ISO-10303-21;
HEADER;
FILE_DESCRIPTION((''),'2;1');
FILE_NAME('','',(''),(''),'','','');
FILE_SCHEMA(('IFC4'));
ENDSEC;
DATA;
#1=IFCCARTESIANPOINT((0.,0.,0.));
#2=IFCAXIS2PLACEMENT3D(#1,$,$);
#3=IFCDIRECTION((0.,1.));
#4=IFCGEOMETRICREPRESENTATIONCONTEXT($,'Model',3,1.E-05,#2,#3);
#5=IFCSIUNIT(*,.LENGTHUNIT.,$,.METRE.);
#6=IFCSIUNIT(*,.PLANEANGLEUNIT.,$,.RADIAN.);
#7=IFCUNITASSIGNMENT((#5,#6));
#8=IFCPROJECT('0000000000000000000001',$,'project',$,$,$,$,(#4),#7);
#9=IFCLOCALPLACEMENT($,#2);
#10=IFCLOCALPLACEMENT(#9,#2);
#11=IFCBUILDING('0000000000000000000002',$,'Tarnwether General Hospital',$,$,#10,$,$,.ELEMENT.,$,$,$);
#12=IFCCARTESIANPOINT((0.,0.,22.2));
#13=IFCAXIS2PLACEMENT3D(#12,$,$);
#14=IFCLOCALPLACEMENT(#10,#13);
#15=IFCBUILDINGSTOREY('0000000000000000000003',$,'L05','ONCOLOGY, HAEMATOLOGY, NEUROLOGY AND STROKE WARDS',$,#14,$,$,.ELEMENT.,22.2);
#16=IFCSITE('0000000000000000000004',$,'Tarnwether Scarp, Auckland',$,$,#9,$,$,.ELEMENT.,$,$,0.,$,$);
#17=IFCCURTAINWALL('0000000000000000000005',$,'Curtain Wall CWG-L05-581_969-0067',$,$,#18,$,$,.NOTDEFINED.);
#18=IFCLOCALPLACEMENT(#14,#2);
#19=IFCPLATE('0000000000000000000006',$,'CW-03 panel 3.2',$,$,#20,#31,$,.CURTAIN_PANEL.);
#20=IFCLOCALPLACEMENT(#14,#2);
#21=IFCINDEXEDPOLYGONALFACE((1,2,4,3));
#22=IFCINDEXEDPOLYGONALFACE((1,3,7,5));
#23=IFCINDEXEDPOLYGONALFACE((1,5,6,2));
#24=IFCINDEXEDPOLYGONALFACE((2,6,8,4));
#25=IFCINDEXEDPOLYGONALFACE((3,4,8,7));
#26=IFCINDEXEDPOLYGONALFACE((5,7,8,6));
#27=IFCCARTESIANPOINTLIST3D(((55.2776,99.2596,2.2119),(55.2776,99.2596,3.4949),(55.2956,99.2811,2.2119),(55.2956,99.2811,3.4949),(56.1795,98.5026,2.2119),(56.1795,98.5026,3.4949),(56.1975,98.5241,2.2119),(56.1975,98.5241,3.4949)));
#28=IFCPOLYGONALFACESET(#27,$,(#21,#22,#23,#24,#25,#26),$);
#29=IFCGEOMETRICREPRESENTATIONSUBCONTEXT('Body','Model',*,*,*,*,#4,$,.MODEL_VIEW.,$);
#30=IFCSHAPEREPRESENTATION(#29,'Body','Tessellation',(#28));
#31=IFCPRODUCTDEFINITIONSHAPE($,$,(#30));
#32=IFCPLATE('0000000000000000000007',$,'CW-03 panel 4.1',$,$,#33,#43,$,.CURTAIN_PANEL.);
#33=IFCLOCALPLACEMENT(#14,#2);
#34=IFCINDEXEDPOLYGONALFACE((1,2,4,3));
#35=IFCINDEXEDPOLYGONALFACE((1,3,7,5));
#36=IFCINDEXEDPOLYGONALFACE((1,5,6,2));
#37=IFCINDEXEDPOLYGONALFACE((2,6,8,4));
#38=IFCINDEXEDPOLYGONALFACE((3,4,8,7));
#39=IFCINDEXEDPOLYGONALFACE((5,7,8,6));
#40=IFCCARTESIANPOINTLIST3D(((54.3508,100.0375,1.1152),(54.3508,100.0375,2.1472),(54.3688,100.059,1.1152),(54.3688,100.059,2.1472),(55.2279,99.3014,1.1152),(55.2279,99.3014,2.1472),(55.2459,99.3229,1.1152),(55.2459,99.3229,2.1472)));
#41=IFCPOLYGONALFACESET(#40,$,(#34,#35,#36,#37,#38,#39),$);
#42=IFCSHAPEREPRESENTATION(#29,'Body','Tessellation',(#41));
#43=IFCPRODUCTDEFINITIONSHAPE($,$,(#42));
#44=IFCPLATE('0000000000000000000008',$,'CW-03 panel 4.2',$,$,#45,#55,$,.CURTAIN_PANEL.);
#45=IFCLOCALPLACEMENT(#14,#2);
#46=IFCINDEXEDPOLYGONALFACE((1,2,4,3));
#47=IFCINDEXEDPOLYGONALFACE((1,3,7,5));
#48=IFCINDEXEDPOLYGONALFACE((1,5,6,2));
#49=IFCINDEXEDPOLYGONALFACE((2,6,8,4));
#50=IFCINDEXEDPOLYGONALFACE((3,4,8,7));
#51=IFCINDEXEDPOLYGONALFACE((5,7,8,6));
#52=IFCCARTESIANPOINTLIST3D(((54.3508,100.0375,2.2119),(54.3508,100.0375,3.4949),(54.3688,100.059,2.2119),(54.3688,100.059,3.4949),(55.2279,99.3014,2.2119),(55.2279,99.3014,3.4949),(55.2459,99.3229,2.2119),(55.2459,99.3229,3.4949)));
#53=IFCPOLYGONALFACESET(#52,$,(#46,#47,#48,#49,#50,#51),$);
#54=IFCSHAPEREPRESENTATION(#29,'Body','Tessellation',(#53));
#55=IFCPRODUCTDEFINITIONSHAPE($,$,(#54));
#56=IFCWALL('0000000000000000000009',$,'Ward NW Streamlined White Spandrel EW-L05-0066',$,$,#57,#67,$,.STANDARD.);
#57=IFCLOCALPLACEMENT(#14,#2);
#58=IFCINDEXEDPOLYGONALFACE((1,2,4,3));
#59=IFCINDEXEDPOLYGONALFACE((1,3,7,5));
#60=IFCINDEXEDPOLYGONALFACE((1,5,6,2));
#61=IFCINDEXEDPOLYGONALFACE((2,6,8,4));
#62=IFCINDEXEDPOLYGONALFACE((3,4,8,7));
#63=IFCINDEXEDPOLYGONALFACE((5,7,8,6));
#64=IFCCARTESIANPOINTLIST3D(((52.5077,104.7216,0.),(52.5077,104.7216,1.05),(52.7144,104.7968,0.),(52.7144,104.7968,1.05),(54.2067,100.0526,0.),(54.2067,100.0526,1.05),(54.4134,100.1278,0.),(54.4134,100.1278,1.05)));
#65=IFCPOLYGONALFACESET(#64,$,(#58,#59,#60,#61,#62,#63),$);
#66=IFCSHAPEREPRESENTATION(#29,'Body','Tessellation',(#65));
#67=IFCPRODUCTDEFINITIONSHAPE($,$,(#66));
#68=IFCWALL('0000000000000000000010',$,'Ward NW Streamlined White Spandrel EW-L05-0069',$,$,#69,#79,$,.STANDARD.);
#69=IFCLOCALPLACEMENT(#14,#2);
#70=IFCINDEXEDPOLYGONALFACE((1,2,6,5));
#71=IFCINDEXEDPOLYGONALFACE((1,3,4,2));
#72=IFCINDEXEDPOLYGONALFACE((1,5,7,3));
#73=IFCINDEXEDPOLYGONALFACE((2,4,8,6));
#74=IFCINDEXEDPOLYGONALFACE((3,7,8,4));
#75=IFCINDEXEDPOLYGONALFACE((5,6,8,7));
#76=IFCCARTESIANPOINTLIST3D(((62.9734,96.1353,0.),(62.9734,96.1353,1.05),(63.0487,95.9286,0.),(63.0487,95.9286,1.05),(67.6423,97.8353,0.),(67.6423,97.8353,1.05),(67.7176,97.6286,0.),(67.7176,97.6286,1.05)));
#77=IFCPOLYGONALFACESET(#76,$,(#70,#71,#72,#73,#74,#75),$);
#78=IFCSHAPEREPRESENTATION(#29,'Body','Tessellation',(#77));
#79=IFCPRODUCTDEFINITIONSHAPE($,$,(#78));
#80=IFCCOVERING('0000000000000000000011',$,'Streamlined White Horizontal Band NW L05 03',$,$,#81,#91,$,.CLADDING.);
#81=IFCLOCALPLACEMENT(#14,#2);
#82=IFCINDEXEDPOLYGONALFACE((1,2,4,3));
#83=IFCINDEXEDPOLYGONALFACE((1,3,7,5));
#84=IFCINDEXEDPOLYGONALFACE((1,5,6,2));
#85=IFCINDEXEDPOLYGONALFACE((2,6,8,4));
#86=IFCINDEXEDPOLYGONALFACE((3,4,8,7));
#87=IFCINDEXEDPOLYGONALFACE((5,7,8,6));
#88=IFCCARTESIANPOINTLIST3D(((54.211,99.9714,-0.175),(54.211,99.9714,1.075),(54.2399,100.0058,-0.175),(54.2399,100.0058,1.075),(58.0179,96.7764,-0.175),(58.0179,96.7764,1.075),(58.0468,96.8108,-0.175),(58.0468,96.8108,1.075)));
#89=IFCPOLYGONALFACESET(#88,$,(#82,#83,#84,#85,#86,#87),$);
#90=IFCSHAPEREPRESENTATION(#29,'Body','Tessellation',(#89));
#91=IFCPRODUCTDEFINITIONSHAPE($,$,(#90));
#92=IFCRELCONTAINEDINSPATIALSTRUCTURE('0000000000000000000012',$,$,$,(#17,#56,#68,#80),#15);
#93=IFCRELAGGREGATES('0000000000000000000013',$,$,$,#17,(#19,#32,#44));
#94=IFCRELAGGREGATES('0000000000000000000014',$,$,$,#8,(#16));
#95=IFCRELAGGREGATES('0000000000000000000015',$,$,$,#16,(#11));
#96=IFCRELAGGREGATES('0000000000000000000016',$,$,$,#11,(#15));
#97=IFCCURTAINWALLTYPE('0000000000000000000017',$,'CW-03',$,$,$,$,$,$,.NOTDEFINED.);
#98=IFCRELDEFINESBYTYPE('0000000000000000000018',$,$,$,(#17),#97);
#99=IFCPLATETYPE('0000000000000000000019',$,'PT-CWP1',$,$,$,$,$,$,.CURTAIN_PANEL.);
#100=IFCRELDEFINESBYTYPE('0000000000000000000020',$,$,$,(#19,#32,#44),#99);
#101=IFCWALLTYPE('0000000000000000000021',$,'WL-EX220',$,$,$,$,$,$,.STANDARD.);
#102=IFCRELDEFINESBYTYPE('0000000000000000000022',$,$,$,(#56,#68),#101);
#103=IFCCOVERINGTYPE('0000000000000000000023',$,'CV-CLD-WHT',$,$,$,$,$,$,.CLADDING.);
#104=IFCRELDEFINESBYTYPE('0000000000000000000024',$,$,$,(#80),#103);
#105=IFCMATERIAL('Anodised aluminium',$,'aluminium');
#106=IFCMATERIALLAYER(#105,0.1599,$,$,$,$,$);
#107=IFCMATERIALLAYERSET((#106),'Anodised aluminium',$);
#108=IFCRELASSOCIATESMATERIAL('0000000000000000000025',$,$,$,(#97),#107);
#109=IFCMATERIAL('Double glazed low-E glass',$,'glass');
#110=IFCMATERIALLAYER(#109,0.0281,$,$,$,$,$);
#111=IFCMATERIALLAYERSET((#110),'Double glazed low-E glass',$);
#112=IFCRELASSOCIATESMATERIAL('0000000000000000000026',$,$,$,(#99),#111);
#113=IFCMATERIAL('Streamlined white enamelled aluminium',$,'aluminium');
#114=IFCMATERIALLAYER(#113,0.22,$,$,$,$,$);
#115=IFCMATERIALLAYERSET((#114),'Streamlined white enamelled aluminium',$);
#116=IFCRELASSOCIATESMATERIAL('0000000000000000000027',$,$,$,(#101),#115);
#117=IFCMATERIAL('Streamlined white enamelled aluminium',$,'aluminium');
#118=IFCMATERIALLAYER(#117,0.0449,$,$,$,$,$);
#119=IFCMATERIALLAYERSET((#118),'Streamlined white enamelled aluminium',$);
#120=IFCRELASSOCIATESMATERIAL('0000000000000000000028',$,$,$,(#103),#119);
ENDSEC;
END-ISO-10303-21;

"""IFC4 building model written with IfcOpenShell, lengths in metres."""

from ifc_helpers import new_model, si_unit, direction, frame, frame_2d, origin, origin_2d, place, context, subcontext, project, spatial, rectangle, extrude, material, layer, layer_set, type_object, element, aggregate, save


model = new_model("IFC4")

# Units and contexts
model_context = context("Model", 3, precision=1e-05, world=origin(), true_north=direction((0.0, 1.0)))
body_context = subcontext(model_context, "Body", "Model", "MODEL_VIEW")
ifc_project = project(units=[si_unit("LENGTHUNIT", "METRE"), si_unit("PLANEANGLEUNIT", "RADIAN")], contexts=[model_context])

# Site, building, storey
site_placement = place(None, origin())
site = spatial("IfcSite", under=ifc_project, at=site_placement, Name="Tarnwether Scarp, Auckland", CompositionType="ELEMENT", RefElevation=0.0)
building_placement = place(site_placement, origin())
building = spatial("IfcBuilding", under=site, at=building_placement, Name="Tarnwether General Hospital", CompositionType="ELEMENT")
storey_placement = place(building_placement, frame((0.0, 0.0, 22.2)))
storey = spatial("IfcBuildingStorey", under=building, at=storey_placement, Name="L05", Description="ONCOLOGY, HAEMATOLOGY, NEUROLOGY AND STROKE WARDS", CompositionType="ELEMENT", Elevation=22.2)

# Shared definitions
ifc_material_1 = material(Name="Anodised aluminium", Category="aluminium")
ifc_layer_1 = layer(ifc_material_1, 0.1599)
ifc_layer_set_1 = layer_set([ifc_layer_1], Name="Anodised aluminium")
curtain_wall_type = type_object("IfcCurtainWallType", Name="CW-03", PredefinedType="NOTDEFINED", material=ifc_layer_set_1)

# Curtain wall
curtain_wall_1_placement = place(storey_placement, origin())
curtain_wall_1 = element("IfcCurtainWall", 1, at=curtain_wall_1_placement, inside=storey, type_object=curtain_wall_type, Name="Curtain Wall CWG-L05-581_969-0067", PredefinedType="NOTDEFINED")

# Plates
ifc_material_2 = material(Name="Double glazed low-E glass", Category="glass")
ifc_layer_2 = layer(ifc_material_2, 0.0281)
ifc_layer_set_2 = layer_set([ifc_layer_2], Name="Double glazed low-E glass")
plate_type = type_object("IfcPlateType", Name="PT-CWP1", PredefinedType="CURTAIN_PANEL", material=ifc_layer_set_2)
plate_1_placement = place(storey_placement, frame((55.7375, 98.8918, 2.2119), z_axis=(0.0, 0.0, 1.0), x_axis=(-0.76599, 0.642852, 0.0)))
plate_1 = element("IfcPlate", 2, at=plate_1_placement, type_object=plate_type, Name="CW-03 panel 3.2", PredefinedType="CURTAIN_PANEL", context=body_context, shape_type="SweptSolid", body=[
    extrude(rectangle(XDim=1.1775, YDim=0.0281, at=origin_2d()), origin(), (0.0, 0.0, 1.0), 1.283),
])
plate_2_placement = place(storey_placement, frame((54.7983, 99.6802, 1.1152), z_axis=(0.0, 0.0, 1.0), x_axis=(-0.76599, 0.642852, 0.0)))
plate_2 = element("IfcPlate", 3, at=plate_2_placement, type_object=plate_type, Name="CW-03 panel 4.1", PredefinedType="CURTAIN_PANEL", context=body_context, shape_type="SweptSolid", body=[
    extrude(rectangle(XDim=1.145, YDim=0.0281, at=origin_2d()), origin(), (0.0, 0.0, 1.0), 1.032),
])
plate_3_placement = place(storey_placement, frame((54.7983, 99.6802, 2.2119), z_axis=(0.0, 0.0, 1.0), x_axis=(-0.76599, 0.642852, 0.0)))
plate_3 = element("IfcPlate", 4, at=plate_3_placement, type_object=plate_type, Name="CW-03 panel 4.2", PredefinedType="CURTAIN_PANEL", context=body_context, shape_type="SweptSolid", body=[
    extrude(rectangle(XDim=1.145, YDim=0.0281, at=origin_2d()), origin(), (0.0, 0.0, 1.0), 1.283),
])
aggregate(curtain_wall_1, [plate_1, plate_2, plate_3])

# Walls
ifc_material_3 = material(Name="Streamlined white enamelled aluminium", Category="aluminium")
ifc_layer_3 = layer(ifc_material_3, 0.22)
ifc_layer_set_3 = layer_set([ifc_layer_3], Name="Streamlined white enamelled aluminium")
wall_type = type_object("IfcWallType", Name="WL-EX220", PredefinedType="STANDARD", material=ifc_layer_set_3)
wall_1_placement = place(storey_placement, frame((54.3101, 100.0901, 0.0), z_axis=(0.0, 0.0, 1.0), x_axis=(-0.341952, 0.939717, 0.0)))
element("IfcWall", 5, at=wall_1_placement, inside=storey, type_object=wall_type, Name="Ward NW Streamlined White Spandrel EW-L05-0066", PredefinedType="STANDARD", context=body_context, shape_type="SweptSolid", body=[
    extrude(rectangle(XDim=4.9685, YDim=0.22, at=frame_2d((2.4844, 0.0))), origin(), (0.0, 0.0, 1.0), 1.05),
])
wall_2_placement = place(storey_placement, frame((67.6799, 97.7319, 0.0), z_axis=(0.0, 0.0, 1.0), x_axis=(-0.939654, -0.342126, 0.0)))
element("IfcWall", 6, at=wall_2_placement, inside=storey, type_object=wall_type, Name="Ward NW Streamlined White Spandrel EW-L05-0069", PredefinedType="STANDARD", context=body_context, shape_type="SweptSolid", body=[
    extrude(rectangle(XDim=4.9688, YDim=0.22, at=frame_2d((2.4844, 0.0))), origin(), (0.0, 0.0, 1.0), 1.05),
])

# Covering
ifc_material_4 = material(Name="Streamlined white enamelled aluminium", Category="aluminium")
ifc_layer_4 = layer(ifc_material_4, 0.0449)
ifc_layer_set_4 = layer_set([ifc_layer_4], Name="Streamlined white enamelled aluminium")
covering_type = type_object("IfcCoveringType", Name="CV-CLD-WHT", PredefinedType="CLADDING", material=ifc_layer_set_4)
covering_placement = place(storey_placement, frame((56.1289, 98.3911, -0.175), z_axis=(0.0, 0.0, 1.0), x_axis=(-0.765988, 0.642854, 0.0)))
element("IfcCovering", 7, at=covering_placement, inside=storey, type_object=covering_type, Name="Streamlined White Horizontal Band NW L05 03", PredefinedType="CLADDING", context=body_context, shape_type="SweptSolid", body=[
    extrude(rectangle(XDim=4.97, YDim=0.0449, at=origin_2d()), origin(), (0.0, 0.0, 1.0), 1.25),
])

save(model, "model.ifc")
